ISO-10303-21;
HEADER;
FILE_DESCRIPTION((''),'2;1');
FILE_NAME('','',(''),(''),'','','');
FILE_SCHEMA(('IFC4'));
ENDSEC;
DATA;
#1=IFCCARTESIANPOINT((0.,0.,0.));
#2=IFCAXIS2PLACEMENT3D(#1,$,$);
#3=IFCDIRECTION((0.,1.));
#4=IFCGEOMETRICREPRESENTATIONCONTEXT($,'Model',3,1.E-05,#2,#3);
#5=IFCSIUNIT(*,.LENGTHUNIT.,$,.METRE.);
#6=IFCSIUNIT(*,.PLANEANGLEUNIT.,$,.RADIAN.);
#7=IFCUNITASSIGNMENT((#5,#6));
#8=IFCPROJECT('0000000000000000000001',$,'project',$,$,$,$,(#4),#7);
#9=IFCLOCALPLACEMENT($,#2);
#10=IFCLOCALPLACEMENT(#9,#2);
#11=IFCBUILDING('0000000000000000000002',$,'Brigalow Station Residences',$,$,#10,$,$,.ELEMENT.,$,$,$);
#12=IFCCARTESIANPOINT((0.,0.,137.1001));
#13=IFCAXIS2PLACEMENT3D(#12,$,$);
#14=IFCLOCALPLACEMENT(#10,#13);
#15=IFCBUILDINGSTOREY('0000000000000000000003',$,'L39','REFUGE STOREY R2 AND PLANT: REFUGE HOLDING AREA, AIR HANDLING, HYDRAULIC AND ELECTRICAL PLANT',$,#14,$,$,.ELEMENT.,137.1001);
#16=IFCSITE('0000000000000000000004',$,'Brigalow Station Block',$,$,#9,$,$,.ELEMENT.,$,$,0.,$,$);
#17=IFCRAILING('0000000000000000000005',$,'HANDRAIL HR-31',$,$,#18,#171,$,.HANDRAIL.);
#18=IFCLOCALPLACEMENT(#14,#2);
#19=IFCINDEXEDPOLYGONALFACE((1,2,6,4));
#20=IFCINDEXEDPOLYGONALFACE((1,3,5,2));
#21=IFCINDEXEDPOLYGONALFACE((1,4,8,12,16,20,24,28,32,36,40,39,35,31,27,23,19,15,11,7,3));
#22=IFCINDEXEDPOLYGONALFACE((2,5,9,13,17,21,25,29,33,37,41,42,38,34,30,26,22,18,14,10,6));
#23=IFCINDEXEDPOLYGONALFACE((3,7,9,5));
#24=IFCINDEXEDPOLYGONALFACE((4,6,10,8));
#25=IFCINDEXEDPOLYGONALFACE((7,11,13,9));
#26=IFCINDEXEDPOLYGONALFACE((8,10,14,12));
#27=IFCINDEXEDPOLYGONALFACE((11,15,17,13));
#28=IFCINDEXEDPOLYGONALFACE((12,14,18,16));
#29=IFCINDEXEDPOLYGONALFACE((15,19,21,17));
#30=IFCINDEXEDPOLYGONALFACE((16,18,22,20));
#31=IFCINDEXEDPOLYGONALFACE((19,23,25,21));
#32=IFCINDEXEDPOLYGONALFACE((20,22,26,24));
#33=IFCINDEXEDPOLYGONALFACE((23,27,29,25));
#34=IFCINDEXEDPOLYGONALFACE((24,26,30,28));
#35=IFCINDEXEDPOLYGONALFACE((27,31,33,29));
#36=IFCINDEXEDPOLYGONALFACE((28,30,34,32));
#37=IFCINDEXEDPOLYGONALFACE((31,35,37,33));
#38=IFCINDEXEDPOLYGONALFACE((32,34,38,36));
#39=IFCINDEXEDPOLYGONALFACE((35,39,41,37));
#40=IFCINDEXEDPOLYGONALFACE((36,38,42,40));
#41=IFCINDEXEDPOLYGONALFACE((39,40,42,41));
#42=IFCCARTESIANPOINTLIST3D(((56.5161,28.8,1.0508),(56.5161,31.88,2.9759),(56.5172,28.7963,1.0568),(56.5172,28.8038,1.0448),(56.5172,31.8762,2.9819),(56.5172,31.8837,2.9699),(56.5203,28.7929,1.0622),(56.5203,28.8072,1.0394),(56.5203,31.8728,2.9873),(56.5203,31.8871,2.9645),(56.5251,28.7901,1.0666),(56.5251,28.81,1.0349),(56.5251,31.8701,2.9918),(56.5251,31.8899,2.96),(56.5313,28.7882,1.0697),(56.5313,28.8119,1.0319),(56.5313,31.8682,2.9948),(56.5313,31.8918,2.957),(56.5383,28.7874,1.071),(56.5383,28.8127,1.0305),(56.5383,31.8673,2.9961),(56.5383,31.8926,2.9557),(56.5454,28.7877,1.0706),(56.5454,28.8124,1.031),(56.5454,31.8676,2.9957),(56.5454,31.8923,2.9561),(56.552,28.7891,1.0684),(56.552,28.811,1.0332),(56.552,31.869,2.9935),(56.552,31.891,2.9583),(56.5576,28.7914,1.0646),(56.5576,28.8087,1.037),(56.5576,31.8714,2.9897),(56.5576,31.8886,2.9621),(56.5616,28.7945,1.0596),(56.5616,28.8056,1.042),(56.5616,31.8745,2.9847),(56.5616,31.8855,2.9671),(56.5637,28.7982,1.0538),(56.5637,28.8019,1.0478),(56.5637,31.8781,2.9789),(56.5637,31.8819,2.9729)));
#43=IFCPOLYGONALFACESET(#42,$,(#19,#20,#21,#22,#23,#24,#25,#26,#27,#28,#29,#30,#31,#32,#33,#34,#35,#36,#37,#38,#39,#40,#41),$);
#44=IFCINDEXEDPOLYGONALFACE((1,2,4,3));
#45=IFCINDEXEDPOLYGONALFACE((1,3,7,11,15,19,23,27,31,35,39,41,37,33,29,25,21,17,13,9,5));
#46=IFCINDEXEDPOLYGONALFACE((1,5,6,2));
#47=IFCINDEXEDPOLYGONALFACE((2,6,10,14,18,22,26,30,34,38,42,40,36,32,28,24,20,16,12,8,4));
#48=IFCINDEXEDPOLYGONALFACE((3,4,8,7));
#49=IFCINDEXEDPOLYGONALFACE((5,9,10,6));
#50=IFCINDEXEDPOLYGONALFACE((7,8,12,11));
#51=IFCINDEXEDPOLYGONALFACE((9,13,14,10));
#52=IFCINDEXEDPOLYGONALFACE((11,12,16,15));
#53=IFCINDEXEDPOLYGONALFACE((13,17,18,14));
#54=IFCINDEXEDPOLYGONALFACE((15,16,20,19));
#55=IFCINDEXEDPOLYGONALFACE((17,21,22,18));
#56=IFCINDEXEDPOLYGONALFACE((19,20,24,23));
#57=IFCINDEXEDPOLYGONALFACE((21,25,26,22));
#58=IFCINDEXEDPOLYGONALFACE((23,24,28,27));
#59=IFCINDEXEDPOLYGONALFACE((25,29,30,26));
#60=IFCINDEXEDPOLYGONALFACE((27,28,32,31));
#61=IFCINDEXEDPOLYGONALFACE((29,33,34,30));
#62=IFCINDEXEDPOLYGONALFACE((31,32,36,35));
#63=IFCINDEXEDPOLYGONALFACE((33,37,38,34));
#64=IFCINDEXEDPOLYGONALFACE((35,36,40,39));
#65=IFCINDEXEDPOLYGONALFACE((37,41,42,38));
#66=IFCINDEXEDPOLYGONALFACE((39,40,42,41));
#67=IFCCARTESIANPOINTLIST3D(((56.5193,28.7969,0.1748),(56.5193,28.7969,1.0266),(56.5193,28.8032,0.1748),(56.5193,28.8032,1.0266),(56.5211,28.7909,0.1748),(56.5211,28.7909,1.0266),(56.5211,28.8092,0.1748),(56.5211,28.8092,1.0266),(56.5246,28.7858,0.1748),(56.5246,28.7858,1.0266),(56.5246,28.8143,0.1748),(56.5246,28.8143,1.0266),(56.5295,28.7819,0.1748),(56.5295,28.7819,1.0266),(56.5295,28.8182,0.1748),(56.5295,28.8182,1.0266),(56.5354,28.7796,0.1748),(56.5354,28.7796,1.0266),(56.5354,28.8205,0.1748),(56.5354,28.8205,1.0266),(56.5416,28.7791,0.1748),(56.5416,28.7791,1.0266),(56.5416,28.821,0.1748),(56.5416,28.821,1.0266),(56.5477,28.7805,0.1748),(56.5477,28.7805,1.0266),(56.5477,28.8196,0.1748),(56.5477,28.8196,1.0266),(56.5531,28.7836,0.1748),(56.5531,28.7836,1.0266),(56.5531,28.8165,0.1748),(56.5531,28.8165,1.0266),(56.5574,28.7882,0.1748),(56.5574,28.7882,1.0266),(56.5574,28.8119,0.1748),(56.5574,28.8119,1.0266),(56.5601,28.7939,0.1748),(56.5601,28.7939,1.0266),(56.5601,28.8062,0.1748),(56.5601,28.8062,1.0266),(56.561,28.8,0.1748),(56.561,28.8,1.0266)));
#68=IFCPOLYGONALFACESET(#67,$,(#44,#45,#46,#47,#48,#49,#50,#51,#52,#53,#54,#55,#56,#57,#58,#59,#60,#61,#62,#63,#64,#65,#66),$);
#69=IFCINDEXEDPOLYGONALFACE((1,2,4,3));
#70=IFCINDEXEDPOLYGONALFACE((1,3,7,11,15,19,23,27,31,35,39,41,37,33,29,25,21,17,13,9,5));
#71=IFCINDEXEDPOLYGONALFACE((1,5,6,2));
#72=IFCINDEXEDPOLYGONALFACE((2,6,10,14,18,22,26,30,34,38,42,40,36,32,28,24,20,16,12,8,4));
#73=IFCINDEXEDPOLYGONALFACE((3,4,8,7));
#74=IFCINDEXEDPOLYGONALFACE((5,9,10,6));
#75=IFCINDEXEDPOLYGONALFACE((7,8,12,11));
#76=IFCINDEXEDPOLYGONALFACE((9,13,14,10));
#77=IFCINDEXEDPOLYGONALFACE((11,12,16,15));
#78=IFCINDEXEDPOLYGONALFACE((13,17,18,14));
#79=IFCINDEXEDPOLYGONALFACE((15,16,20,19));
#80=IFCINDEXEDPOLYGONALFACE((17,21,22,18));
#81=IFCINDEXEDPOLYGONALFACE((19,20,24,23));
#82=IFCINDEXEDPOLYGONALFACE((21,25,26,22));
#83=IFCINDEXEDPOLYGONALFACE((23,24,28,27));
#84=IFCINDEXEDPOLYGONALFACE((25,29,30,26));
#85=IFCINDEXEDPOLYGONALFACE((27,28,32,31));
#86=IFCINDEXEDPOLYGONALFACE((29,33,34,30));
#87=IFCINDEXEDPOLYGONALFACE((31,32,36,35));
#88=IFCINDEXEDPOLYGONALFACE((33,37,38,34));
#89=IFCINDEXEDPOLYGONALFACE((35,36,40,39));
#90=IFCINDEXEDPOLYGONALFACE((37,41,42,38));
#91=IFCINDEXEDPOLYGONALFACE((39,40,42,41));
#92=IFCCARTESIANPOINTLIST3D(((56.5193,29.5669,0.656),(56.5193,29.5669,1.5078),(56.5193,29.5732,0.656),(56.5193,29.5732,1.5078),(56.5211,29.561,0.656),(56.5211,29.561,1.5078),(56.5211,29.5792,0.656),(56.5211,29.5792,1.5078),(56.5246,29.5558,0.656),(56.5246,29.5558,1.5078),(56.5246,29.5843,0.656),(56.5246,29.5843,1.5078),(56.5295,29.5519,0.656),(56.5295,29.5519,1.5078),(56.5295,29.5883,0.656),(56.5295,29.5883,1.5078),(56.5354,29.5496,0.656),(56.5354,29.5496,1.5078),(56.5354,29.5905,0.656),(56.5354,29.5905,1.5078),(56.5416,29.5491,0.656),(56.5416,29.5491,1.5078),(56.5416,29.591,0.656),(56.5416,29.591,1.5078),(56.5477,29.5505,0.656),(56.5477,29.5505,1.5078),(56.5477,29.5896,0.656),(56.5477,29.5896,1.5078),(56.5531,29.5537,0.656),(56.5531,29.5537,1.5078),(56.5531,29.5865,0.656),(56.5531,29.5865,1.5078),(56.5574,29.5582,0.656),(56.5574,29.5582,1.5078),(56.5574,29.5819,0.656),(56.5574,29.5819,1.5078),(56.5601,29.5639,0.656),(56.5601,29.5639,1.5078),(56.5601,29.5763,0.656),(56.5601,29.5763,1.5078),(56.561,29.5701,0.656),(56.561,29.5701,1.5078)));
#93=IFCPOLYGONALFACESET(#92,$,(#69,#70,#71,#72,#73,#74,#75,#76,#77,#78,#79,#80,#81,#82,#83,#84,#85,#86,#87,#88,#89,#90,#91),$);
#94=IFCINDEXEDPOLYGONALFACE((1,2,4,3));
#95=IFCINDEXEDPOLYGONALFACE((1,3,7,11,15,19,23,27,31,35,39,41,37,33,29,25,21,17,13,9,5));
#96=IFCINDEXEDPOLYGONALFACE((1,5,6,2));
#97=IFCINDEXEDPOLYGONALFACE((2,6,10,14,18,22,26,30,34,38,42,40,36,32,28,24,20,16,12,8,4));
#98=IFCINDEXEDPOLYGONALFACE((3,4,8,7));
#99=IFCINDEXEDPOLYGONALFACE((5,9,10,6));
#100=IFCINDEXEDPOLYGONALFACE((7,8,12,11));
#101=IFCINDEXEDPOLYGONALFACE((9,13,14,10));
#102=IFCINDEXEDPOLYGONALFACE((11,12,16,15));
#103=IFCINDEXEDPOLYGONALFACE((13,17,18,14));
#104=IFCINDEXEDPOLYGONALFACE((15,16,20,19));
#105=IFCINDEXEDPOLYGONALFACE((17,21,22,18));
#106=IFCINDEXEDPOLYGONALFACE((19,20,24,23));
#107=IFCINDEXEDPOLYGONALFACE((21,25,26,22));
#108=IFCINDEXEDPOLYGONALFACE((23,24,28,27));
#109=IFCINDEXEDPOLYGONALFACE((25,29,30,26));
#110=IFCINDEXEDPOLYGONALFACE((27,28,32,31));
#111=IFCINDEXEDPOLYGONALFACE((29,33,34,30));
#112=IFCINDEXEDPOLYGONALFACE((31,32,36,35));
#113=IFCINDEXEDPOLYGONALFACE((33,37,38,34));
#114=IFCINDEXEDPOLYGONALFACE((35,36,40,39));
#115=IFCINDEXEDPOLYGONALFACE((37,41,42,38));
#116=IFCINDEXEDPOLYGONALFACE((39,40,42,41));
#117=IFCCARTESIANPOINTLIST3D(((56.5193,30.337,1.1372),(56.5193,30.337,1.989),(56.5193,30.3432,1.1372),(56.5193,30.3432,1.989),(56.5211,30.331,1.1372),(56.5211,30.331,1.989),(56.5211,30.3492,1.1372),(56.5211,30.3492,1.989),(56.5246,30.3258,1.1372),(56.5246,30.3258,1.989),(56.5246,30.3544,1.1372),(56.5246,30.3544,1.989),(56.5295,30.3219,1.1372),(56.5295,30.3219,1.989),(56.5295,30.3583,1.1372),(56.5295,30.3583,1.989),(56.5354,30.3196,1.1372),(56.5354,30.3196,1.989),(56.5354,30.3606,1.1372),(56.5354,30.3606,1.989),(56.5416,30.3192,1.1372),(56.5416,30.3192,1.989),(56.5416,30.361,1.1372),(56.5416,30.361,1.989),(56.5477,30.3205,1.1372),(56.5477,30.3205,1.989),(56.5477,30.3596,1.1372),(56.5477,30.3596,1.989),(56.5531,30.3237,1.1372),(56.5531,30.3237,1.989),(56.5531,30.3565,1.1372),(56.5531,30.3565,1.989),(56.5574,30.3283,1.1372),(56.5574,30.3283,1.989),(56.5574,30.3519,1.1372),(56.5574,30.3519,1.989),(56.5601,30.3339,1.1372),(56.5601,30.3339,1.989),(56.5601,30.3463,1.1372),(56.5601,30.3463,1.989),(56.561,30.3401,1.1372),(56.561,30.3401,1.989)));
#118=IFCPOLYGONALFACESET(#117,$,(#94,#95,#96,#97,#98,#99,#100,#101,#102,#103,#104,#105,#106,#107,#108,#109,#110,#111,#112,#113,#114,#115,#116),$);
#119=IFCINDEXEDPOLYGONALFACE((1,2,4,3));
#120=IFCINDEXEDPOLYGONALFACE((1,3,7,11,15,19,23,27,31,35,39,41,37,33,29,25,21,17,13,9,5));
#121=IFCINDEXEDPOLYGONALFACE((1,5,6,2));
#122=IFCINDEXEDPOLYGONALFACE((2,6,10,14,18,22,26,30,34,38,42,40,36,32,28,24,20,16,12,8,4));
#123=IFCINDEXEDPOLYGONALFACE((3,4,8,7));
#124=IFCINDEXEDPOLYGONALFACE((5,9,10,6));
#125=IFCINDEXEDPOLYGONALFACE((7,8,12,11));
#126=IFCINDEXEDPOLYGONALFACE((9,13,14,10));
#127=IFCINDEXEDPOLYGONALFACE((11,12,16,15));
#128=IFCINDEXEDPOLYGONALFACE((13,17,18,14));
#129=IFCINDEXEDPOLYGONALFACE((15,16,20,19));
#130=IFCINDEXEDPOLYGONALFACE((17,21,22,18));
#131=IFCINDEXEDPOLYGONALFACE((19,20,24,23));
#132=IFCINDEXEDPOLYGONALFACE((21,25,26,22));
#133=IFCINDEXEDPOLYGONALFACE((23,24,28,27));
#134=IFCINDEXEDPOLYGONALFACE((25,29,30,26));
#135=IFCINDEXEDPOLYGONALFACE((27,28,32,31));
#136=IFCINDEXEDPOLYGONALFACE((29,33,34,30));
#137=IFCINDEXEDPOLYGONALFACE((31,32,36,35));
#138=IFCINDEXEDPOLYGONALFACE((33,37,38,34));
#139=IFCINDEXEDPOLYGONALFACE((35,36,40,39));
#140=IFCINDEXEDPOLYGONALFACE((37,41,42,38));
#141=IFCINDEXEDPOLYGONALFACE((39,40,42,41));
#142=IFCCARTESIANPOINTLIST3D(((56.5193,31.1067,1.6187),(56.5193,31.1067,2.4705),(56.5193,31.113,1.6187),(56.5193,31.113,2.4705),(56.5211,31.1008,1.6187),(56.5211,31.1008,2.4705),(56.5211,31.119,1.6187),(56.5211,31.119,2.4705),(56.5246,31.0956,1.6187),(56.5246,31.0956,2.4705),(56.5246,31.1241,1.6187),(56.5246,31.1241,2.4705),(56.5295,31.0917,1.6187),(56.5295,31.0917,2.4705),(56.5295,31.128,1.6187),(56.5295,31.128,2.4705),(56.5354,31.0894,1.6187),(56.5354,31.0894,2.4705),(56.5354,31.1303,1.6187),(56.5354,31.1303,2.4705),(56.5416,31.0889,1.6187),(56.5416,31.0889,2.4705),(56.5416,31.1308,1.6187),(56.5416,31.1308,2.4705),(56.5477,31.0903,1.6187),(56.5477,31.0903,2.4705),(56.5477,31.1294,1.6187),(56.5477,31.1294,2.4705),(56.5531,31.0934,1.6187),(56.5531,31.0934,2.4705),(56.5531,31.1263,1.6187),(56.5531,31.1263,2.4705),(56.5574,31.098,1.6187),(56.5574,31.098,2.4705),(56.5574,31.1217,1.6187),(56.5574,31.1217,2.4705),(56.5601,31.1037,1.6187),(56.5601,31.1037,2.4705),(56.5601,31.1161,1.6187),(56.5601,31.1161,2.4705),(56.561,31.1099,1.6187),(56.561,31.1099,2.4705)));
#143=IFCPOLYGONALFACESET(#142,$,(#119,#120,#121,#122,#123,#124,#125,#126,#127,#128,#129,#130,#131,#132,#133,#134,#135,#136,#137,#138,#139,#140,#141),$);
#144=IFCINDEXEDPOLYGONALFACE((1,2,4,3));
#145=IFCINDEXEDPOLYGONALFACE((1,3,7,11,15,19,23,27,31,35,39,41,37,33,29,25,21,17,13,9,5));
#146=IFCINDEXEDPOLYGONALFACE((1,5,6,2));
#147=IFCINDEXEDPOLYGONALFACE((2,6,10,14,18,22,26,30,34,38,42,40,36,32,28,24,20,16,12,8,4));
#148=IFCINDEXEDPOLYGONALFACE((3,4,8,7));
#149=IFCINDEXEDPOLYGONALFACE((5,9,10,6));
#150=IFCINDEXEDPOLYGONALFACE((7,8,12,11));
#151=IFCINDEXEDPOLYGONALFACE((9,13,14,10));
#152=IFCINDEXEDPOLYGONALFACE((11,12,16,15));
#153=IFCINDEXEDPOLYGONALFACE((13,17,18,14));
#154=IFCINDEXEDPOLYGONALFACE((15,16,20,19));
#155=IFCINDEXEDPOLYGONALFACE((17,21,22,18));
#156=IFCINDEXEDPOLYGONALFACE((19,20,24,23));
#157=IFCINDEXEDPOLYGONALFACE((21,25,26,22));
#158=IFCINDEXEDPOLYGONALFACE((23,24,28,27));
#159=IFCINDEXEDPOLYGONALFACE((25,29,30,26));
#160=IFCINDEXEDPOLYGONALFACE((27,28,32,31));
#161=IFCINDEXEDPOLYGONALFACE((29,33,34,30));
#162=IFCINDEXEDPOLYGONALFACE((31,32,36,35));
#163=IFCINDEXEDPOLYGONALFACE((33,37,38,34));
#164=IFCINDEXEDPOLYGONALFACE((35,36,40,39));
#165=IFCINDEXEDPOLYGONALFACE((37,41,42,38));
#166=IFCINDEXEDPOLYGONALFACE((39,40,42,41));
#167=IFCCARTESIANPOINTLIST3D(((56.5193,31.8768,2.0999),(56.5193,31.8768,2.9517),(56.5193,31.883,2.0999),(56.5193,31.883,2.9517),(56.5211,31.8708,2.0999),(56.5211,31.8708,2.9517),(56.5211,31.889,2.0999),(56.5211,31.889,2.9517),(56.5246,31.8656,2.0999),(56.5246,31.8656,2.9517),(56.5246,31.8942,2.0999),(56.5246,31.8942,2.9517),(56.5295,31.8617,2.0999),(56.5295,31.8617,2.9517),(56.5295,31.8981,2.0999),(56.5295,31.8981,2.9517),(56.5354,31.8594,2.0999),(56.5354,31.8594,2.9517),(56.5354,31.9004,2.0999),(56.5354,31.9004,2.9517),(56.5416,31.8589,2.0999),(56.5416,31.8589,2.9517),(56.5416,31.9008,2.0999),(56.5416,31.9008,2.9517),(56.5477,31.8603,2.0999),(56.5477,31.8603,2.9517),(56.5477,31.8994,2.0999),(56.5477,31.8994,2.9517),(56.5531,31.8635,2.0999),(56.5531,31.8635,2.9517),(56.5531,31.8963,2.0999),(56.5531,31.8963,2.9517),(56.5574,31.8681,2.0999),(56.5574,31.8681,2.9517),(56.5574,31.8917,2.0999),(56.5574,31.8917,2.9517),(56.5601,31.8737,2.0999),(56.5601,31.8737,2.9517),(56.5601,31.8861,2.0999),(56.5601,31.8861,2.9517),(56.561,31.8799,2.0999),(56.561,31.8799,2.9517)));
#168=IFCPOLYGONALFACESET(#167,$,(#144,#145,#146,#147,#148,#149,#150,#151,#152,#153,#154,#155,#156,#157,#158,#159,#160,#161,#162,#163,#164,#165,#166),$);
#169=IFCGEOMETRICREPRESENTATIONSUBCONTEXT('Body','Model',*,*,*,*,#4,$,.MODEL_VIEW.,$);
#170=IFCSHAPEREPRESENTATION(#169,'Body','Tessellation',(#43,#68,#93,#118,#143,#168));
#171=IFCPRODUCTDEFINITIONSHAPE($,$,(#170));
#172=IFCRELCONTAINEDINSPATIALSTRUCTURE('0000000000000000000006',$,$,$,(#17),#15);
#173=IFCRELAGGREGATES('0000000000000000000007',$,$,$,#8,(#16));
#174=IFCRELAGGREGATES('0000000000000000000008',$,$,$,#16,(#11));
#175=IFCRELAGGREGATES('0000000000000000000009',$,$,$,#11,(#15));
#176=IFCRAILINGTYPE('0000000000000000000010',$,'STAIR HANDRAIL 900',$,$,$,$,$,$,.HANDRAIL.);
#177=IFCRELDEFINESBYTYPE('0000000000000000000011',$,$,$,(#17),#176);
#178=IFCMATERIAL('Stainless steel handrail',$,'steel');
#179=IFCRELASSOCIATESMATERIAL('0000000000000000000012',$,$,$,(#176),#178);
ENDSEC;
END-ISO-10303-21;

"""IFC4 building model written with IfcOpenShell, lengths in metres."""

from ifc_helpers import new_model, si_unit, direction, frame, origin, origin_2d, place, context, subcontext, project, spatial, circle, extrude, material, type_object, element, save


model = new_model("IFC4")

# Units and contexts
model_context = context("Model", 3, precision=1e-05, world=origin(), true_north=direction((0.0, 1.0)))
body_context = subcontext(model_context, "Body", "Model", "MODEL_VIEW")
ifc_project = project(units=[si_unit("LENGTHUNIT", "METRE"), si_unit("PLANEANGLEUNIT", "RADIAN")], contexts=[model_context])

# Site, building, storey
site_placement = place(None, origin())
site = spatial("IfcSite", under=ifc_project, at=site_placement, Name="Brigalow Station Block", CompositionType="ELEMENT", RefElevation=0.0)
building_placement = place(site_placement, origin())
building = spatial("IfcBuilding", under=site, at=building_placement, Name="Brigalow Station Residences", CompositionType="ELEMENT")
storey_placement = place(building_placement, frame((0.0, 0.0, 137.1001)))
storey = spatial("IfcBuildingStorey", under=building, at=storey_placement, Name="L39", Description="REFUGE STOREY R2 AND PLANT: REFUGE HOLDING AREA, AIR HANDLING, HYDRAULIC AND ELECTRICAL PLANT", CompositionType="ELEMENT", Elevation=137.1001)

# Railing
ifc_material_1 = material(Name="Stainless steel handrail", Category="steel")
railing_type_1 = type_object("IfcRailingType", Name="STAIR HANDRAIL 900", PredefinedType="HANDRAIL", material=ifc_material_1)
railing_1_placement = place(storey_placement, frame((56.54, 28.8, 0.1748)))
element("IfcRailing", 1, at=railing_1_placement, inside=storey, type_object=railing_type_1, Name="HANDRAIL HR-31", PredefinedType="HANDRAIL", context=body_context, shape_type="SweptSolid", body=[
    extrude(circle(Radius=0.0239, at=origin_2d()), frame((0.0, 0.0, 0.876), z_axis=(0.0, 0.847979, 0.530029), x_axis=(-1.0, 0.0, 0.0)), (0.0, 0.0, 1.0), 3.6321),
    extrude(circle(Radius=0.021, at=origin_2d()), origin(), (0.0, 0.0, 1.0), 0.8518),
    extrude(circle(Radius=0.021, at=origin_2d()), frame((0.0, 0.77, 0.4812)), (0.0, 0.0, 1.0), 0.8518),
    extrude(circle(Radius=0.021, at=origin_2d()), frame((0.0, 1.54, 0.9624)), (0.0, 0.0, 1.0), 0.8518),
    extrude(circle(Radius=0.021, at=origin_2d()), frame((0.0, 2.3098, 1.4438)), (0.0, 0.0, 1.0), 0.8518),
    extrude(circle(Radius=0.021, at=origin_2d()), frame((0.0, 3.0798, 1.925)), (0.0, 0.0, 1.0), 0.8518),
])

save(model, "model.ifc")
